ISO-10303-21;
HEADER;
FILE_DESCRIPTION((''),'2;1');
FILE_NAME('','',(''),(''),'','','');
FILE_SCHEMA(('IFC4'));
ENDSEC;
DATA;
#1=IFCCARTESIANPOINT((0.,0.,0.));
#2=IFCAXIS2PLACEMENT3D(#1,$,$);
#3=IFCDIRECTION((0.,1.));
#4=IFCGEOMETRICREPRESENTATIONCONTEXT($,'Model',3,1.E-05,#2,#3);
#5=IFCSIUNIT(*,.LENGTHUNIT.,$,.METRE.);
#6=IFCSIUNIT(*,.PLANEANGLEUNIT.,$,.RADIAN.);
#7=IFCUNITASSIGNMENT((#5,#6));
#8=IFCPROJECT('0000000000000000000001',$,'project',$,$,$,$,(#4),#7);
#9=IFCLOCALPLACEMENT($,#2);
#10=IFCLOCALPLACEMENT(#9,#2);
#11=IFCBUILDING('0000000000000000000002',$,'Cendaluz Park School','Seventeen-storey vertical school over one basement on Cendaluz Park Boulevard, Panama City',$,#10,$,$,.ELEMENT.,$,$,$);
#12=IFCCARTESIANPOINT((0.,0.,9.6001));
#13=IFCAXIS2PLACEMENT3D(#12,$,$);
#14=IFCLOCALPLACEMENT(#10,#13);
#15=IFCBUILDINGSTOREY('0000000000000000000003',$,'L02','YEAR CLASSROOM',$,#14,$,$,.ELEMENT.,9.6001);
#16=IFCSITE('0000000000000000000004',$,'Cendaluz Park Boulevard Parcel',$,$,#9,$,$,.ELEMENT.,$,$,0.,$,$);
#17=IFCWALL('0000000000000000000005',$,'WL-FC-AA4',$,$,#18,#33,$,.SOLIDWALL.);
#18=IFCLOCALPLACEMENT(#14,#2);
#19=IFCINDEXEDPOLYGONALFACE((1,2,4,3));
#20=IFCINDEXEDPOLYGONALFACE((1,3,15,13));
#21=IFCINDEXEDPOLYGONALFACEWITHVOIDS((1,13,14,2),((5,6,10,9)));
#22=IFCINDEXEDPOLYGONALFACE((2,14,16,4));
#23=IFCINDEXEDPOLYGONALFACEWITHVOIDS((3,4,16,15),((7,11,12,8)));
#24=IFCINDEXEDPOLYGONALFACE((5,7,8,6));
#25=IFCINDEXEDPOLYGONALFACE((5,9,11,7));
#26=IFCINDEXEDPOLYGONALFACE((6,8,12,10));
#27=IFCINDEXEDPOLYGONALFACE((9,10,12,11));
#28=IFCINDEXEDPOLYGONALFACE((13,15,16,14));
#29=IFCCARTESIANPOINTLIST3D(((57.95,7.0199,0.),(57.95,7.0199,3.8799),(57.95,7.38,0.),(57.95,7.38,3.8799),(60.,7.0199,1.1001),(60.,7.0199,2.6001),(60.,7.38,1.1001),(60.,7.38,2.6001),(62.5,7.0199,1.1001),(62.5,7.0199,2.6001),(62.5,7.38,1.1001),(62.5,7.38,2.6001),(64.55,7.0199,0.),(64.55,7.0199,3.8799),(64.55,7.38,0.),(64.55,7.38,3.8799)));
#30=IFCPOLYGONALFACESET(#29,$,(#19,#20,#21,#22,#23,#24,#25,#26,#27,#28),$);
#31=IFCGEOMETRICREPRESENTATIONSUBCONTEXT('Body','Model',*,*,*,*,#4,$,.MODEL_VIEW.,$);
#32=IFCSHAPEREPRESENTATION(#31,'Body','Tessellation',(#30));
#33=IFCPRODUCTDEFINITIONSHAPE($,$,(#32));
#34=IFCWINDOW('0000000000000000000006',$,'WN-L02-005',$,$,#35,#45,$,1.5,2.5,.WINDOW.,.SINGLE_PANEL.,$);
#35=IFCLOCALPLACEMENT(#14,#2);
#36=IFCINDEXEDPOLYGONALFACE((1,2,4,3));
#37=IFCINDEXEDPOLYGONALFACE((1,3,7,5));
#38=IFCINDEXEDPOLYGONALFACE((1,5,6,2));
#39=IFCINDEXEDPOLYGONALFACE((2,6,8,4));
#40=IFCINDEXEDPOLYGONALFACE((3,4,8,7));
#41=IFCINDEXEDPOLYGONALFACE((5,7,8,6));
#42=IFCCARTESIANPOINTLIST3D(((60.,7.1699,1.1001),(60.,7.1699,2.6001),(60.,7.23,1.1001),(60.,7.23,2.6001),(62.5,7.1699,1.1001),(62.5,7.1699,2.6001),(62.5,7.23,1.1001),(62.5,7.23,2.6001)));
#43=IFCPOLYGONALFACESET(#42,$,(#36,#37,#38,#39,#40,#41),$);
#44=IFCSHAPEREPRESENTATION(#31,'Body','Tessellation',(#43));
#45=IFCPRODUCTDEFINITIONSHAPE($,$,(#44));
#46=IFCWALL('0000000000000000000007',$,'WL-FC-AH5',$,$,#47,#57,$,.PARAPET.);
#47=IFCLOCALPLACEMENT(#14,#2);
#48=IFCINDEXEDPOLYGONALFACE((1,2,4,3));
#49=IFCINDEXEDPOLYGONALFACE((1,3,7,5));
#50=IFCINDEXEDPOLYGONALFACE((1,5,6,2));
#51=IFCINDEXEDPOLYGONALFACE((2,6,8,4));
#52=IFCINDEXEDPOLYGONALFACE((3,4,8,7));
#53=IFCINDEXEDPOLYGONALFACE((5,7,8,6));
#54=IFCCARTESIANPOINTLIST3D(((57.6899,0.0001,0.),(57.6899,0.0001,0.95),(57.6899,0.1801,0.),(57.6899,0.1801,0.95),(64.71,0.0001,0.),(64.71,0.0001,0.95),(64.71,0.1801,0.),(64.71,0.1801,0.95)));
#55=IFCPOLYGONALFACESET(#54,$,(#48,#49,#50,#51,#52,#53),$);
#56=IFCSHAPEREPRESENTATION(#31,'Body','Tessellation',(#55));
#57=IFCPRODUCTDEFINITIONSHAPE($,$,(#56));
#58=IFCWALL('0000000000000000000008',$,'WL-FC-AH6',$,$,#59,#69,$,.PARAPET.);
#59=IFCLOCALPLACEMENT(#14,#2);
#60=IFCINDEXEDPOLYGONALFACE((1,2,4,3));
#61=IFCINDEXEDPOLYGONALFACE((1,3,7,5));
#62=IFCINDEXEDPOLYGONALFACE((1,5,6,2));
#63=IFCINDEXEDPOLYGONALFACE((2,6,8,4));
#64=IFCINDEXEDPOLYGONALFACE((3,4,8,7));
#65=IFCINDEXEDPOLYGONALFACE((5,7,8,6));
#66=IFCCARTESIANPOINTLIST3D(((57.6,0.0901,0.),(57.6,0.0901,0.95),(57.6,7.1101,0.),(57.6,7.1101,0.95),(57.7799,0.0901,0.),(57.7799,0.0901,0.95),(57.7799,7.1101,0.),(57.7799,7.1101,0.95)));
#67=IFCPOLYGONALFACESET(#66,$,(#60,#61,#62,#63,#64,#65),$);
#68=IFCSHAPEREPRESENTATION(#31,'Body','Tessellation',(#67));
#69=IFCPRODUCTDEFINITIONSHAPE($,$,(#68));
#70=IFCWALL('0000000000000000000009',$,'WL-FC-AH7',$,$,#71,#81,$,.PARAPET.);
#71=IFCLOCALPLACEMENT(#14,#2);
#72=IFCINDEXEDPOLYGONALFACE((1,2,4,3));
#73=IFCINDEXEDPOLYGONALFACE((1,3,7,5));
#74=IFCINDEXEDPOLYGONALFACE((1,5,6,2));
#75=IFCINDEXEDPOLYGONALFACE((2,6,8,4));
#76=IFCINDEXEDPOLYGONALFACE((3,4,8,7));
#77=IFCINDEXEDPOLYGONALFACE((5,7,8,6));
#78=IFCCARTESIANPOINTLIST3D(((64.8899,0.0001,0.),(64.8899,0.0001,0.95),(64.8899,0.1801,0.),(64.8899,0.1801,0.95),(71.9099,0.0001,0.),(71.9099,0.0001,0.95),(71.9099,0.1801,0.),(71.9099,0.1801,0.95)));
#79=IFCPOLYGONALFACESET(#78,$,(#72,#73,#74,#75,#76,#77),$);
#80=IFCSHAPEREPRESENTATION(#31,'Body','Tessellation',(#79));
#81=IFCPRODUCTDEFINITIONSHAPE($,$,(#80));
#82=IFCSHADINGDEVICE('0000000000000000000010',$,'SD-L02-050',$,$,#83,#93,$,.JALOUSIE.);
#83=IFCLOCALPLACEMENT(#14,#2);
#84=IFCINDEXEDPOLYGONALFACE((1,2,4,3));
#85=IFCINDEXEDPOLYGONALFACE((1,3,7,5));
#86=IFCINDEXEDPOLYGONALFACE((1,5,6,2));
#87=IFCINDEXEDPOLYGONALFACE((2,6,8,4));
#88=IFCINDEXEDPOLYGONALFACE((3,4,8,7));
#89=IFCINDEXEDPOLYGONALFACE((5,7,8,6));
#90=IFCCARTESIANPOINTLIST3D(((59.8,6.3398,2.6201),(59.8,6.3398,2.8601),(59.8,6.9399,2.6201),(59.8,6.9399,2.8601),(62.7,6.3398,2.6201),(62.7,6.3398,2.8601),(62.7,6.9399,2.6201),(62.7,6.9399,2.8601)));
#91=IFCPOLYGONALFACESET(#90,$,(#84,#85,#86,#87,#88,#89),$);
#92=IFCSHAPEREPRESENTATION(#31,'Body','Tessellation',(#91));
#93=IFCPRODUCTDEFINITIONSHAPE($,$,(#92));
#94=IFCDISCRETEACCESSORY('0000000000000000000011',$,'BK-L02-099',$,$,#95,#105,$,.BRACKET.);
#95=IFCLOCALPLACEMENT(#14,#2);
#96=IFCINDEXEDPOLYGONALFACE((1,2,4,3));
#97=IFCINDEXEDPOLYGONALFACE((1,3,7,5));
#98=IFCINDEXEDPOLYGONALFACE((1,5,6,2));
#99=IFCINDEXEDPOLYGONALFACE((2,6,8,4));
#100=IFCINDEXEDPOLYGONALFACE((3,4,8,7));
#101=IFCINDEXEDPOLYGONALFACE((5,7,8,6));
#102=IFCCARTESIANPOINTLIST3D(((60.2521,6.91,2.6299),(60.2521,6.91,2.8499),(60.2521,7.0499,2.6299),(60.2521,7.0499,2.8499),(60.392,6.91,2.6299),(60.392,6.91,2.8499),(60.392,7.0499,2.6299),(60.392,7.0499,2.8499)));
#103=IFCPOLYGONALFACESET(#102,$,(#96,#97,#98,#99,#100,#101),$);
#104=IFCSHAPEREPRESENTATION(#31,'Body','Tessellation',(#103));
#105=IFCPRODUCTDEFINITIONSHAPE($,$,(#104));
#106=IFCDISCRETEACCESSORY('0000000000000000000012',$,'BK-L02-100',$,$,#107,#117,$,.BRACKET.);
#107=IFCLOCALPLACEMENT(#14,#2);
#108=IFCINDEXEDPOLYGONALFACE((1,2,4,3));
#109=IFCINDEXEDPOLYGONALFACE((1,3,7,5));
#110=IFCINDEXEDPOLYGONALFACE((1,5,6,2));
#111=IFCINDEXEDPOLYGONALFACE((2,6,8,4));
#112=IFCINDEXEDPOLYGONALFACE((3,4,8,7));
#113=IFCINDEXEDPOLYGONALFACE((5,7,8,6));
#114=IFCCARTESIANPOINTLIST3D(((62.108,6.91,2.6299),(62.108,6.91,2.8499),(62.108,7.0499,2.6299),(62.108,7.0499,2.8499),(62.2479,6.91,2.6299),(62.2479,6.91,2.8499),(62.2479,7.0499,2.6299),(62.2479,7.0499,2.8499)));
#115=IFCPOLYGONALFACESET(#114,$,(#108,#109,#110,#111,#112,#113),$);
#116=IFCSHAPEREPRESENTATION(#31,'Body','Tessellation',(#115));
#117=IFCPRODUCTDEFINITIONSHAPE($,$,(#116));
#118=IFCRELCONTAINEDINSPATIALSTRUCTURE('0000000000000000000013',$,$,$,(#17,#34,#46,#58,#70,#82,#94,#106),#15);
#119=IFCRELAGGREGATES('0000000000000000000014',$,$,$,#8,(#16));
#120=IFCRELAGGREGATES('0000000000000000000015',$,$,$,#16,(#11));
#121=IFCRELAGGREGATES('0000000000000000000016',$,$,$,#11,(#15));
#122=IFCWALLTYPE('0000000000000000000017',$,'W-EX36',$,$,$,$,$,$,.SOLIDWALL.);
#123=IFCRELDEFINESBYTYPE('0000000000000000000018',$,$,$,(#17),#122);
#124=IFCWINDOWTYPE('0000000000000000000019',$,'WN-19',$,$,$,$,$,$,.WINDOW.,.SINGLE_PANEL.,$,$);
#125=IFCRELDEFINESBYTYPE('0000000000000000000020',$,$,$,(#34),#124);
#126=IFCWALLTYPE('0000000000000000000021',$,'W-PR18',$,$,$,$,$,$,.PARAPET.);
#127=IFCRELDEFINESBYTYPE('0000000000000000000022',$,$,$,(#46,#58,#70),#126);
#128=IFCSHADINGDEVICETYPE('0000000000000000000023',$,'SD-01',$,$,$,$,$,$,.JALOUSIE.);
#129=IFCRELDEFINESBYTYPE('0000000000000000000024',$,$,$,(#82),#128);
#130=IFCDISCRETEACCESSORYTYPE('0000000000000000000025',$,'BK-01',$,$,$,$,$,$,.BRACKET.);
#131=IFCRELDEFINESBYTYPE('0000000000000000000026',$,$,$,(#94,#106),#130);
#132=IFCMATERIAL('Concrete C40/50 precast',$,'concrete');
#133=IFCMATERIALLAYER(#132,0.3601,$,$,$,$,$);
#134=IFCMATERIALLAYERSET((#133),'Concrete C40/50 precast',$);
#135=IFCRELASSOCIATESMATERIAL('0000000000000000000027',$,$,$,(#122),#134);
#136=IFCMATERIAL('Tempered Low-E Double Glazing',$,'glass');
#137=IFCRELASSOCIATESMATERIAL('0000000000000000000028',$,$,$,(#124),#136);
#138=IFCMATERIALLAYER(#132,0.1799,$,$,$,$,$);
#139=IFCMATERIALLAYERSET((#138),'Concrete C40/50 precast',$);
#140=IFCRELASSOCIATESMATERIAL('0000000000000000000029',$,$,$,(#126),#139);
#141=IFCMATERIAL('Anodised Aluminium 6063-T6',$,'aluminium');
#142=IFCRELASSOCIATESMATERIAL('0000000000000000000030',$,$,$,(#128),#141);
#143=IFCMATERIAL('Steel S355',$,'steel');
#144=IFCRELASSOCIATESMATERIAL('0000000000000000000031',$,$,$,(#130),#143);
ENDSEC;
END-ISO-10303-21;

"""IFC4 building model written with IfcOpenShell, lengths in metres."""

from ifc_helpers import new_model, si_unit, direction, frame, frame_2d, origin, origin_2d, place, context, subcontext, project, spatial, rectangle, extrude, material, layer, layer_set, type_object, element, fill, save


model = new_model("IFC4")

# Units and contexts
model_context = context("Model", 3, precision=1e-05, world=origin(), true_north=direction((0.0, 1.0)))
body_context = subcontext(model_context, "Body", "Model", "MODEL_VIEW")
ifc_project = project(units=[si_unit("LENGTHUNIT", "METRE"), si_unit("PLANEANGLEUNIT", "RADIAN")], contexts=[model_context])

# Site, building, storey
site_placement = place(None, origin())
site = spatial("IfcSite", under=ifc_project, at=site_placement, Name="Cendaluz Park Boulevard Parcel", CompositionType="ELEMENT", RefElevation=0.0)
building_placement = place(site_placement, origin())
building = spatial("IfcBuilding", under=site, at=building_placement, Name="Cendaluz Park School", Description="Seventeen-storey vertical school over one basement on Cendaluz Park Boulevard, Panama City", CompositionType="ELEMENT")
storey_placement = place(building_placement, frame((0.0, 0.0, 9.6001)))
storey = spatial("IfcBuildingStorey", under=building, at=storey_placement, Name="L02", Description="YEAR CLASSROOM", CompositionType="ELEMENT", Elevation=9.6001)

# Shared definitions
ifc_material_1 = material(Name="Anodised Aluminium 6063-T6", Category="aluminium")
ifc_material_2 = material(Name="Tempered Low-E Double Glazing", Category="glass")

# Wall, opening, window
ifc_material_3 = material(Name="Concrete C40/50 precast", Category="concrete")
ifc_layer_1 = layer(ifc_material_3, 0.3601)
ifc_layer_set_1 = layer_set([ifc_layer_1], Name="Concrete C40/50 precast")
wall_type_1 = type_object("IfcWallType", Name="W-EX36", PredefinedType="SOLIDWALL", material=ifc_layer_set_1)
wall_placement = place(storey_placement, frame((57.95, 7.2, 0.0), z_axis=(0.0, 0.0, 1.0), x_axis=(1.0, 0.0, 0.0)))
wall = element("IfcWall", 1, at=wall_placement, inside=storey, type_object=wall_type_1, Name="WL-FC-AA4", PredefinedType="SOLIDWALL", context=body_context, shape_type="SweptSolid", body=[
    extrude(rectangle(XDim=6.6001, YDim=0.3601, at=frame_2d((3.3, 0.0))), origin(), (0.0, 0.0, 1.0), 3.8799),
])
opening_placement = place(wall_placement, frame((2.05, 0.0, 1.1001)))
opening = element("IfcOpeningElement", 2, at=opening_placement, cuts=wall, PredefinedType="OPENING", context=body_context, shape_type="SweptSolid", body=[
    extrude(rectangle(XDim=2.5, YDim=1.5, at=frame_2d((1.25, 0.75))), frame((0.0, 0.1921, 0.0), z_axis=(0.0, -1.0, 0.0), x_axis=(1.0, 0.0, 0.0)), (0.0, 0.0, 1.0), 0.384),
])
window_type = type_object("IfcWindowType", Name="WN-19", PartitioningType="SINGLE_PANEL", PredefinedType="WINDOW", material=ifc_material_2)
window_placement = place(opening_placement, origin())
window = element("IfcWindow", 3, at=window_placement, inside=storey, type_object=window_type, Name="WN-L02-005", OverallHeight=1.5, OverallWidth=2.5, PartitioningType="SINGLE_PANEL", PredefinedType="WINDOW", context=body_context, shape_type="SweptSolid", body=[
    extrude(rectangle(XDim=2.5, YDim=1.5, at=frame_2d((1.25, 0.75))), frame((0.0, 0.03, 0.0), z_axis=(0.0, -1.0, 0.0), x_axis=(1.0, 0.0, 0.0)), (0.0, 0.0, 1.0), 0.0601),
])
fill(opening, window)

# Walls
ifc_layer_2 = layer(ifc_material_3, 0.1799)
ifc_layer_set_2 = layer_set([ifc_layer_2], Name="Concrete C40/50 precast")
wall_type_2 = type_object("IfcWallType", Name="W-PR18", PredefinedType="PARAPET", material=ifc_layer_set_2)
for number, where, z_axis, x_axis, name in (
    (4, (57.6899, 0.0901, 0.0), (0.0, 0.0, 1.0), (1.0, 0.0, 0.0), "WL-FC-AH5"),
    (5, (57.6899, 0.0901, 0.0), (0.0, 0.0, 1.0), (0.0, 1.0, 0.0), "WL-FC-AH6"),
    (6, (64.8899, 0.0901, 0.0), (0.0, 0.0, 1.0), (1.0, 0.0, 0.0), "WL-FC-AH7"),
):
    element("IfcWall", number, at=place(storey_placement, frame(where, z_axis=z_axis, x_axis=x_axis)), inside=storey, type_object=wall_type_2, Name=name, PredefinedType="PARAPET", context=body_context, shape_type="SweptSolid", body=[
        extrude(rectangle(XDim=7.02, YDim=0.1799, at=frame_2d((3.51, 0.0))), origin(), (0.0, 0.0, 1.0), 0.95),
    ])

# Shading device
shading_device_type = type_object("IfcShadingDeviceType", Name="SD-01", PredefinedType="JALOUSIE", material=ifc_material_1)
shading_device_placement = place(storey_placement, frame((61.25, 6.6399, 2.6201), z_axis=(0.0, 0.0, 1.0), x_axis=(1.0, 0.0, 0.0)))
element("IfcShadingDevice", 7, at=shading_device_placement, inside=storey, type_object=shading_device_type, Name="SD-L02-050", PredefinedType="JALOUSIE", context=body_context, shape_type="SweptSolid", body=[
    extrude(rectangle(XDim=2.8999, YDim=0.6001, at=origin_2d()), origin(), (0.0, 0.0, 1.0), 0.24),
])

# Discrete accessories
ifc_material_4 = material(Name="Steel S355", Category="steel")
discrete_accessory_type = type_object("IfcDiscreteAccessoryType", Name="BK-01", PredefinedType="BRACKET", material=ifc_material_4)
for number, where, z_axis, x_axis, name in (
    (8, (60.322, 6.98, 2.6299), (0.0, 0.0, 1.0), (1.0, 0.0, 0.0), "BK-L02-099"),
    (9, (62.178, 6.98, 2.6299), (0.0, 0.0, 1.0), (1.0, 0.0, 0.0), "BK-L02-100"),
):
    element("IfcDiscreteAccessory", number, at=place(storey_placement, frame(where, z_axis=z_axis, x_axis=x_axis)), inside=storey, type_object=discrete_accessory_type, Name=name, PredefinedType="BRACKET", context=body_context, shape_type="SweptSolid", body=[
        extrude(rectangle(XDim=0.1399, YDim=0.1399, at=origin_2d()), origin(), (0.0, 0.0, 1.0), 0.22),
    ])

save(model, "model.ifc")
